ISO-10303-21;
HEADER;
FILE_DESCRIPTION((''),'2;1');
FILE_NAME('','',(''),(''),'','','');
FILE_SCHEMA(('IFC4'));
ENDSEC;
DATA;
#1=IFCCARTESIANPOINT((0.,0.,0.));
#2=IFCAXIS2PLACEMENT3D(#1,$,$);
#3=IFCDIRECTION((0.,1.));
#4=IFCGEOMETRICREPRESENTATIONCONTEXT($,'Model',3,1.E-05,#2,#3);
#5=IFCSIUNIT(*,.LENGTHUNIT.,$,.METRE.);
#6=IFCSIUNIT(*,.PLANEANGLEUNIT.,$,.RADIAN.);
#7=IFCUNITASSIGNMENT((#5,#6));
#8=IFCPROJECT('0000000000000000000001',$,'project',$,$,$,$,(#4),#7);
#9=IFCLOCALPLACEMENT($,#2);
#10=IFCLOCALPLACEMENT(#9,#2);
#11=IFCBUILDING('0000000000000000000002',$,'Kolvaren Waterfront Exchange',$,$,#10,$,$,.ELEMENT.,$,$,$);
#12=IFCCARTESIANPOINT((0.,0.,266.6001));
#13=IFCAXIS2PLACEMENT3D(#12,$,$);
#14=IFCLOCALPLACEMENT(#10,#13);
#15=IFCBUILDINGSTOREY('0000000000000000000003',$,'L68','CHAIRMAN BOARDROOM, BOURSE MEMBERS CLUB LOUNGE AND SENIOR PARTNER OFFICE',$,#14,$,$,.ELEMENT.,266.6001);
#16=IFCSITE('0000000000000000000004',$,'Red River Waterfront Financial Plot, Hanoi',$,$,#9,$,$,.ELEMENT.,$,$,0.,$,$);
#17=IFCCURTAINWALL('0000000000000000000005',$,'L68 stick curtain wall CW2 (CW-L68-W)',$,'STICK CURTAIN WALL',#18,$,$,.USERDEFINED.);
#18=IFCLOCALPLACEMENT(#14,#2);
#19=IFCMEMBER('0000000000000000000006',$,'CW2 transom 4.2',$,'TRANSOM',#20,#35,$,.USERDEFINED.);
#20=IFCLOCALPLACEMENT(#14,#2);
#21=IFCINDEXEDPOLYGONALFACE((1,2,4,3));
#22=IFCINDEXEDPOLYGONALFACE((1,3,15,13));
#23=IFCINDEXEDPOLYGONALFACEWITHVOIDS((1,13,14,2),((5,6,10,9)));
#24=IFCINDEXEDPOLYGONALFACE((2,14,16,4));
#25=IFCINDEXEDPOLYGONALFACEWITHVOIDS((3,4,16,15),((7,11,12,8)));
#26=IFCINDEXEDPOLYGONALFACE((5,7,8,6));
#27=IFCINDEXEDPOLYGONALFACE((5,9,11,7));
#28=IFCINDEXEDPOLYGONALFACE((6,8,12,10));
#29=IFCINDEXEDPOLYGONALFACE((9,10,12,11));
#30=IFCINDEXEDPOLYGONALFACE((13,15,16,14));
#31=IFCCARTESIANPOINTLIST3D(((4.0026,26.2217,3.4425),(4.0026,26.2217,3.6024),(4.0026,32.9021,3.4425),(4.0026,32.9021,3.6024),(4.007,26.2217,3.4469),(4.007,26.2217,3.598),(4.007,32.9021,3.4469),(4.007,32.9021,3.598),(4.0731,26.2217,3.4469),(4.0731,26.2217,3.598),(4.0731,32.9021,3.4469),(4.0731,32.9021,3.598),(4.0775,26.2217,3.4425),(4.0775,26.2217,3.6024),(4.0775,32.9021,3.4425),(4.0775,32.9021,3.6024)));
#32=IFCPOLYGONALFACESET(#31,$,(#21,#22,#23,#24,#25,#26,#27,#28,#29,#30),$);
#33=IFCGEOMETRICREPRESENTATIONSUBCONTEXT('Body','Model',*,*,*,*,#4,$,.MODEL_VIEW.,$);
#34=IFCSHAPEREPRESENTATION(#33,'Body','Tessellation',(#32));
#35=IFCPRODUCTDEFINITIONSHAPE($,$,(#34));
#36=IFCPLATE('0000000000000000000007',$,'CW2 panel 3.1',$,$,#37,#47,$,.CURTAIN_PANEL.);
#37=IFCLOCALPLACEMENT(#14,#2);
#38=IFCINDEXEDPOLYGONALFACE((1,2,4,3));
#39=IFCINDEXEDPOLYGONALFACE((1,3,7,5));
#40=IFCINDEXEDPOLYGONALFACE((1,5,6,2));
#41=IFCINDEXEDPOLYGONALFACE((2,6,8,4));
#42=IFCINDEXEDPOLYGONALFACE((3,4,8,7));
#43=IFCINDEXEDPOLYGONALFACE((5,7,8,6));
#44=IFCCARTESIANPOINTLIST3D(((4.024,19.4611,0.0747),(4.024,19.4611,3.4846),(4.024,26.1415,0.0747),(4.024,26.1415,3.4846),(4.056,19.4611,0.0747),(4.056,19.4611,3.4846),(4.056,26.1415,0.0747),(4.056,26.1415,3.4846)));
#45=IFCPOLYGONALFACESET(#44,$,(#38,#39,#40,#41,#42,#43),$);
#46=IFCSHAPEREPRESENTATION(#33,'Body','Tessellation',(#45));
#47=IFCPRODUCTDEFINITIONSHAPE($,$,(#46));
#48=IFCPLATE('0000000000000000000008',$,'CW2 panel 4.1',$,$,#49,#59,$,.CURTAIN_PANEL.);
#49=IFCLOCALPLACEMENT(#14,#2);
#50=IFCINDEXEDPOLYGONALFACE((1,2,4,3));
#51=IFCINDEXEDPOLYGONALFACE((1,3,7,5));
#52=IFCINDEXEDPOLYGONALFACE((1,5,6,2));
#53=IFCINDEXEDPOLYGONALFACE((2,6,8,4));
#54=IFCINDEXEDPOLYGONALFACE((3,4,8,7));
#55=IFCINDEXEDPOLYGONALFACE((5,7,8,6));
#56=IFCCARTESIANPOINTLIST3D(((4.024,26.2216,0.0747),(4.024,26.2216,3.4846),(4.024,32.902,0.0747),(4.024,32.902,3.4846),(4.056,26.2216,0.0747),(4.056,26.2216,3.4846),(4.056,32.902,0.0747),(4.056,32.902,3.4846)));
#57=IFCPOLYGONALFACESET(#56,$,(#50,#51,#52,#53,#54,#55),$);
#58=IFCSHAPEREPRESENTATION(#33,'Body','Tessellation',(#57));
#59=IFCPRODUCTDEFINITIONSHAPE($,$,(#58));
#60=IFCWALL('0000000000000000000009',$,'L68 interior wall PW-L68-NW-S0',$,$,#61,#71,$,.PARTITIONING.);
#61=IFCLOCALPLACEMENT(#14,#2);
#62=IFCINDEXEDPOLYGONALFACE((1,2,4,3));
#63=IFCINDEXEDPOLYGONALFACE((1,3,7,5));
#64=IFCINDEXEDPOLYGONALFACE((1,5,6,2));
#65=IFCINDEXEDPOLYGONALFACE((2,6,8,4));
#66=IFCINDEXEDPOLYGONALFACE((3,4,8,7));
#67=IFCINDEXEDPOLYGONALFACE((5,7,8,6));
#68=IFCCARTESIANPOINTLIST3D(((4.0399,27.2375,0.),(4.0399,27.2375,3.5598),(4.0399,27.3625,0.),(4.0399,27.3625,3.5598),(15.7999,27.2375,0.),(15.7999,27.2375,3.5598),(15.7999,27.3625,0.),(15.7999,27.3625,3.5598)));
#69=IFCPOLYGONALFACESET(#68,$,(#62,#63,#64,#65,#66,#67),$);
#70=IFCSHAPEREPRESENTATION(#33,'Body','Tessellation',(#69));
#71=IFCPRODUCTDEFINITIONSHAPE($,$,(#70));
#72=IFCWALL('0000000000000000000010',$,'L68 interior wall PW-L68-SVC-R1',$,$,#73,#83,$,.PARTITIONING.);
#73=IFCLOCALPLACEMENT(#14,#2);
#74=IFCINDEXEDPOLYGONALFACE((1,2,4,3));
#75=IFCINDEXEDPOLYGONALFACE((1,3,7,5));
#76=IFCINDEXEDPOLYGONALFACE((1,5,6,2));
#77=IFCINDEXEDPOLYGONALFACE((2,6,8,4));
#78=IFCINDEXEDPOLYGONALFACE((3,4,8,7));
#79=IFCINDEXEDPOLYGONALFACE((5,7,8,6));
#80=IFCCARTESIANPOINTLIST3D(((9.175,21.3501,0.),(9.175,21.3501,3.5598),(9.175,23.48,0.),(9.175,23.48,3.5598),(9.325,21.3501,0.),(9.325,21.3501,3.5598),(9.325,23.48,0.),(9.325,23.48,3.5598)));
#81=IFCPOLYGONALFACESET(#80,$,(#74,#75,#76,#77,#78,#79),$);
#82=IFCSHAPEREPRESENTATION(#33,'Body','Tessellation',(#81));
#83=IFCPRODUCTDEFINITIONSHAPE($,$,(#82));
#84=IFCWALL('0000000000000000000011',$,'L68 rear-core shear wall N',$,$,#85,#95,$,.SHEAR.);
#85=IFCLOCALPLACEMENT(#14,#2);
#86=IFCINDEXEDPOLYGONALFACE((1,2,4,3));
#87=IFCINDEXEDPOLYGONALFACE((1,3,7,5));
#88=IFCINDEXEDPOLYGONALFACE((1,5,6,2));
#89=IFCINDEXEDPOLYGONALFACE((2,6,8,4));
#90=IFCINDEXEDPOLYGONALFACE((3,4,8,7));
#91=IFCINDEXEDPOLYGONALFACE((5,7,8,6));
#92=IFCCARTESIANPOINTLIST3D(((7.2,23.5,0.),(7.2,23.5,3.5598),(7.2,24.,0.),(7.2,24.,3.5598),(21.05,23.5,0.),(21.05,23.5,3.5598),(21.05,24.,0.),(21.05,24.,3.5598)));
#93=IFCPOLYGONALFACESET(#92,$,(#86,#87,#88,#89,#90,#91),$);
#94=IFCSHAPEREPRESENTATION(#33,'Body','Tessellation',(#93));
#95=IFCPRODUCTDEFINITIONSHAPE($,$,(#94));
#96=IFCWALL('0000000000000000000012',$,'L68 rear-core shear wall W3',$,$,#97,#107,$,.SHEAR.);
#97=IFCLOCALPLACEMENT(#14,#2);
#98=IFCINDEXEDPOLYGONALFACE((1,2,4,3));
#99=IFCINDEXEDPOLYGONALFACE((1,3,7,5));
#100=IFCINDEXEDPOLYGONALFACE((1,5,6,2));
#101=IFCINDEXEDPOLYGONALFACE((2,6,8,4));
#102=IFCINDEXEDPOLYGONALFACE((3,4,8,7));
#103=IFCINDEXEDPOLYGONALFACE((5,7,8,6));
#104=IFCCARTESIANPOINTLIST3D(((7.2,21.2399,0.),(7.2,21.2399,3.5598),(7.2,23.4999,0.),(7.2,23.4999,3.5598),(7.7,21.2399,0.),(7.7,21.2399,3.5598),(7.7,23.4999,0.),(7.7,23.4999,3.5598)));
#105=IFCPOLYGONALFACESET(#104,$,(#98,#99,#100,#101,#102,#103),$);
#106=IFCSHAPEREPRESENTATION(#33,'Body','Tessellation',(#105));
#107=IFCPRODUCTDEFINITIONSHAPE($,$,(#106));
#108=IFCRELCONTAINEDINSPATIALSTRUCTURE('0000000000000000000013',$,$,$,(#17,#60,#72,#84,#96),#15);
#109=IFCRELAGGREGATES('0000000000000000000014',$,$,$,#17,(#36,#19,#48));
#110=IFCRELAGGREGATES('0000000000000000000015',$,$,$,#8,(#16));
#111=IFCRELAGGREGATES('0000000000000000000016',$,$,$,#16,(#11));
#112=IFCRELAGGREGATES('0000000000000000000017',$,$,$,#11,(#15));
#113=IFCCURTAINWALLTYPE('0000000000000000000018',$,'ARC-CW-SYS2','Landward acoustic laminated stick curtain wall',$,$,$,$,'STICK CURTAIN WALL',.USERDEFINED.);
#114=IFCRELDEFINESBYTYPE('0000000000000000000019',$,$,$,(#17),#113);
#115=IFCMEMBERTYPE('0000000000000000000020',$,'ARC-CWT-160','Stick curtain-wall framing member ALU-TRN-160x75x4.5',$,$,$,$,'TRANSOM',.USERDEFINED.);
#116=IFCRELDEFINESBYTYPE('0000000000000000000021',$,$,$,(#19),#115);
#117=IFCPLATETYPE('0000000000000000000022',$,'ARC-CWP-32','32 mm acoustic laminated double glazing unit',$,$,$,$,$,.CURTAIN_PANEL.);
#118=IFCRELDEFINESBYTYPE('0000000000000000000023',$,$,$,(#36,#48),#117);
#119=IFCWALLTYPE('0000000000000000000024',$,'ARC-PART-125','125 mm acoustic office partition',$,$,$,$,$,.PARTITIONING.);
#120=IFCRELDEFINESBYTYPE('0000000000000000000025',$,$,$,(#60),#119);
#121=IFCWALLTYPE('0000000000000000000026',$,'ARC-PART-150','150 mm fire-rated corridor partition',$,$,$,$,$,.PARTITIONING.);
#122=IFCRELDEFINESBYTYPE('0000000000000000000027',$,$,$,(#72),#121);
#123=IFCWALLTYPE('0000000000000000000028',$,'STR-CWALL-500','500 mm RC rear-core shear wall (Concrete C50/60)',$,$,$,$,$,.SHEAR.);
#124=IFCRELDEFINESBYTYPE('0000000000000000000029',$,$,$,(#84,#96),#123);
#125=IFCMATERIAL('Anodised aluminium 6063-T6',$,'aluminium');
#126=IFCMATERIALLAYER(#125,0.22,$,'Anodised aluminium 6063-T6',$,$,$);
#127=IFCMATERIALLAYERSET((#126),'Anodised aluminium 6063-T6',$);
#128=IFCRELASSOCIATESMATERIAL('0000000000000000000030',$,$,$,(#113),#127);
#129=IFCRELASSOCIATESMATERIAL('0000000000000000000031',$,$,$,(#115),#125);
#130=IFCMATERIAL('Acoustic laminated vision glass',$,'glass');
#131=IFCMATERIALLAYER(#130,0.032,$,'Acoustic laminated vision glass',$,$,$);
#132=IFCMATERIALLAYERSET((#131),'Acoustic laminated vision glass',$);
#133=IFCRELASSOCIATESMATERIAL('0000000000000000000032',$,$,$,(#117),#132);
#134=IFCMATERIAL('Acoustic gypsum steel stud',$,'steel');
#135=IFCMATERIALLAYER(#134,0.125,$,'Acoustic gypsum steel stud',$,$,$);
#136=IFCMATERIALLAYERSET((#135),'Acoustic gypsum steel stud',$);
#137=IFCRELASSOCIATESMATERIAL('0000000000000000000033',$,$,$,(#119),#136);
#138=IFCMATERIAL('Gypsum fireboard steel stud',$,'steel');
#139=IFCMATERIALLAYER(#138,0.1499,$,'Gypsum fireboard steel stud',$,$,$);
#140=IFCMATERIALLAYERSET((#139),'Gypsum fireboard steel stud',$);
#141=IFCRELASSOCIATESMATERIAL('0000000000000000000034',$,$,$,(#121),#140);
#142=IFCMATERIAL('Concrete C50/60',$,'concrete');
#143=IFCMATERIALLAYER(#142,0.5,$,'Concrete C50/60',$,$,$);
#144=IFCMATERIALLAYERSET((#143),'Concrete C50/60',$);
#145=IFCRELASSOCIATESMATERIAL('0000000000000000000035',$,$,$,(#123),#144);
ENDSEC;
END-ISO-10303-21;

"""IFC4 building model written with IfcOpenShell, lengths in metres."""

from ifc_helpers import new_model, si_unit, direction, frame, frame_2d, origin, origin_with_axes, origin_2d, place, context, subcontext, project, spatial, rectangle, hollow_rectangle, extrude, source, transform, mapped, material, layer, layer_set, material_profile, profile_set, type_object, element, aggregate, save


model = new_model("IFC4")

# Units and contexts
model_context = context("Model", 3, precision=1e-05, world=origin(), true_north=direction((0.0, 1.0)))
body_context = subcontext(model_context, "Body", "Model", "MODEL_VIEW")
ifc_project = project(units=[si_unit("LENGTHUNIT", "METRE"), si_unit("PLANEANGLEUNIT", "RADIAN")], contexts=[model_context])

# Site, building, storey
site_placement = place(None, origin())
site = spatial("IfcSite", under=ifc_project, at=site_placement, Name="Red River Waterfront Financial Plot, Hanoi", CompositionType="ELEMENT", RefElevation=0.0)
building_placement = place(site_placement, origin())
building = spatial("IfcBuilding", under=site, at=building_placement, Name="Kolvaren Waterfront Exchange", CompositionType="ELEMENT")
storey_placement = place(building_placement, frame((0.0, 0.0, 266.6001)))
storey = spatial("IfcBuildingStorey", under=building, at=storey_placement, Name="L68", Description="CHAIRMAN BOARDROOM, BOURSE MEMBERS CLUB LOUNGE AND SENIOR PARTNER OFFICE", CompositionType="ELEMENT", Elevation=266.6001)

# Shared definitions
ifc_material_1 = material(Name="Concrete C50/60", Category="concrete")

# Curtain wall, member, plates
ifc_material_2 = material(Name="Anodised aluminium 6063-T6", Category="aluminium")
ifc_layer_1 = layer(ifc_material_2, 0.22, Name="Anodised aluminium 6063-T6")
ifc_layer_set_1 = layer_set([ifc_layer_1], Name="Anodised aluminium 6063-T6")
curtain_wall_type = type_object("IfcCurtainWallType", Name="ARC-CW-SYS2", Description="Landward acoustic laminated stick curtain wall", ElementType="STICK CURTAIN WALL", PredefinedType="USERDEFINED", material=ifc_layer_set_1)
curtain_wall_placement = place(storey_placement, origin())
curtain_wall = element("IfcCurtainWall", 1, at=curtain_wall_placement, inside=storey, type_object=curtain_wall_type, Name="L68 stick curtain wall CW2 (CW-L68-W)", ObjectType="STICK CURTAIN WALL", PredefinedType="USERDEFINED")
ifc_material_profile_1 = material_profile(ifc_material_2, hollow_rectangle(XDim=0.075, YDim=0.1599, WallThickness=0.0044, at=origin_2d()), Name="ALU-TRN-160x75x4.5")
ifc_profile_set_1 = profile_set([ifc_material_profile_1], Name="Anodised aluminium 6063-T6")
member_type_1 = type_object("IfcMemberType", Name="ARC-CWT-160", Description="Stick curtain-wall framing member ALU-TRN-160x75x4.5", ElementType="TRANSOM", PredefinedType="USERDEFINED", material=ifc_profile_set_1)
shared_shape_1 = source(origin_with_axes(), body_context, "Body", "SweptSolid", [
    extrude(hollow_rectangle(XDim=0.075, YDim=0.1599, WallThickness=0.0044, at=origin_2d()), origin(), (0.0, 0.0, 1.0), 6.6804),
])
member_1_placement = place(storey_placement, frame((4.04, 26.2217, 3.5225), z_axis=(0.0, 1.0, 0.0), x_axis=(-1.0, 0.0, 0.0)))
member_1 = element("IfcMember", 2, at=member_1_placement, type_object=member_type_1, Name="CW2 transom 4.2", ObjectType="TRANSOM", PredefinedType="USERDEFINED", context=body_context, shape_type="MappedRepresentation", body=[
    mapped(shared_shape_1, transform((0.0, 0.0, 0.0), x_axis=(1.0, 0.0, 0.0), y_axis=(0.0, 1.0, 0.0), z_axis=(0.0, 0.0, 1.0), scale=1.0)),
])
ifc_material_3 = material(Name="Acoustic laminated vision glass", Category="glass")
ifc_layer_2 = layer(ifc_material_3, 0.032, Name="Acoustic laminated vision glass")
ifc_layer_set_2 = layer_set([ifc_layer_2], Name="Acoustic laminated vision glass")
plate_type = type_object("IfcPlateType", Name="ARC-CWP-32", Description="32 mm acoustic laminated double glazing unit", PredefinedType="CURTAIN_PANEL", material=ifc_layer_set_2)
shared_shape_2 = source(origin_with_axes(), body_context, "Body", "SweptSolid", [
    extrude(rectangle(XDim=6.6804, YDim=0.032, at=origin_2d()), origin(), (0.0, 0.0, 1.0), 3.4099),
])
plate_1_placement = place(storey_placement, frame((4.04, 22.8013, 0.0747), z_axis=(0.0, 0.0, 1.0), x_axis=(0.0, 1.0, 0.0)))
plate_1 = element("IfcPlate", 3, at=plate_1_placement, type_object=plate_type, Name="CW2 panel 3.1", PredefinedType="CURTAIN_PANEL", context=body_context, shape_type="MappedRepresentation", body=[
    mapped(shared_shape_2, transform((0.0, 0.0, 0.0), x_axis=(1.0, 0.0, 0.0), y_axis=(0.0, 1.0, 0.0), z_axis=(0.0, 0.0, 1.0), scale=1.0)),
])
plate_2_placement = place(storey_placement, frame((4.04, 29.5618, 0.0747), z_axis=(0.0, 0.0, 1.0), x_axis=(0.0, 1.0, 0.0)))
plate_2 = element("IfcPlate", 4, at=plate_2_placement, type_object=plate_type, Name="CW2 panel 4.1", PredefinedType="CURTAIN_PANEL", context=body_context, shape_type="MappedRepresentation", body=[
    mapped(shared_shape_2, transform((0.0, 0.0, 0.0), x_axis=(1.0, 0.0, 0.0), y_axis=(0.0, 1.0, 0.0), z_axis=(0.0, 0.0, 1.0), scale=1.0)),
])
aggregate(curtain_wall, [plate_1, member_1, plate_2])

# Walls
ifc_material_4 = material(Name="Acoustic gypsum steel stud", Category="steel")
ifc_layer_3 = layer(ifc_material_4, 0.125, Name="Acoustic gypsum steel stud")
ifc_layer_set_3 = layer_set([ifc_layer_3], Name="Acoustic gypsum steel stud")
wall_type_1 = type_object("IfcWallType", Name="ARC-PART-125", Description="125 mm acoustic office partition", PredefinedType="PARTITIONING", material=ifc_layer_set_3)
wall_1_placement = place(storey_placement, frame((4.04, 27.3, 0.0), z_axis=(0.0, 0.0, 1.0), x_axis=(1.0, 0.0, 0.0)))
element("IfcWall", 5, at=wall_1_placement, inside=storey, type_object=wall_type_1, Name="L68 interior wall PW-L68-NW-S0", PredefinedType="PARTITIONING", context=body_context, shape_type="SweptSolid", body=[
    extrude(rectangle(XDim=11.76, YDim=0.125, at=frame_2d((5.8799, 0.0))), origin(), (0.0, 0.0, 1.0), 3.5598),
])
ifc_material_5 = material(Name="Gypsum fireboard steel stud", Category="steel")
ifc_layer_4 = layer(ifc_material_5, 0.1499, Name="Gypsum fireboard steel stud")
ifc_layer_set_4 = layer_set([ifc_layer_4], Name="Gypsum fireboard steel stud")
wall_type_2 = type_object("IfcWallType", Name="ARC-PART-150", Description="150 mm fire-rated corridor partition", PredefinedType="PARTITIONING", material=ifc_layer_set_4)
wall_2_placement = place(storey_placement, frame((9.25, 21.3501, 0.0), z_axis=(0.0, 0.0, 1.0), x_axis=(0.0, 1.0, 0.0)))
element("IfcWall", 6, at=wall_2_placement, inside=storey, type_object=wall_type_2, Name="L68 interior wall PW-L68-SVC-R1", PredefinedType="PARTITIONING", context=body_context, shape_type="SweptSolid", body=[
    extrude(rectangle(XDim=2.1299, YDim=0.1499, at=frame_2d((1.0649, 0.0))), origin(), (0.0, 0.0, 1.0), 3.5598),
])

# Walls
ifc_layer_5 = layer(ifc_material_1, 0.5, Name="Concrete C50/60")
ifc_layer_set_5 = layer_set([ifc_layer_5], Name="Concrete C50/60")
wall_type_3 = type_object("IfcWallType", Name="STR-CWALL-500", Description="500 mm RC rear-core shear wall (Concrete C50/60)", PredefinedType="SHEAR", material=ifc_layer_set_5)
wall_3_placement = place(storey_placement, frame((7.2, 23.75, 0.0), z_axis=(0.0, 0.0, 1.0), x_axis=(1.0, 0.0, 0.0)))
element("IfcWall", 7, at=wall_3_placement, inside=storey, type_object=wall_type_3, Name="L68 rear-core shear wall N", PredefinedType="SHEAR", context=body_context, shape_type="SweptSolid", body=[
    extrude(rectangle(XDim=13.8501, YDim=0.5, at=frame_2d((6.925, 0.0))), origin(), (0.0, 0.0, 1.0), 3.5598),
])
wall_4_placement = place(storey_placement, frame((7.45, 21.24, 0.0), z_axis=(0.0, 0.0, 1.0), x_axis=(0.0, 1.0, 0.0)))
element("IfcWall", 8, at=wall_4_placement, inside=storey, type_object=wall_type_3, Name="L68 rear-core shear wall W3", PredefinedType="SHEAR", context=body_context, shape_type="SweptSolid", body=[
    extrude(rectangle(XDim=2.26, YDim=0.5, at=frame_2d((1.1299, 0.0))), origin(), (0.0, 0.0, 1.0), 3.5598),
])

save(model, "model.ifc")
